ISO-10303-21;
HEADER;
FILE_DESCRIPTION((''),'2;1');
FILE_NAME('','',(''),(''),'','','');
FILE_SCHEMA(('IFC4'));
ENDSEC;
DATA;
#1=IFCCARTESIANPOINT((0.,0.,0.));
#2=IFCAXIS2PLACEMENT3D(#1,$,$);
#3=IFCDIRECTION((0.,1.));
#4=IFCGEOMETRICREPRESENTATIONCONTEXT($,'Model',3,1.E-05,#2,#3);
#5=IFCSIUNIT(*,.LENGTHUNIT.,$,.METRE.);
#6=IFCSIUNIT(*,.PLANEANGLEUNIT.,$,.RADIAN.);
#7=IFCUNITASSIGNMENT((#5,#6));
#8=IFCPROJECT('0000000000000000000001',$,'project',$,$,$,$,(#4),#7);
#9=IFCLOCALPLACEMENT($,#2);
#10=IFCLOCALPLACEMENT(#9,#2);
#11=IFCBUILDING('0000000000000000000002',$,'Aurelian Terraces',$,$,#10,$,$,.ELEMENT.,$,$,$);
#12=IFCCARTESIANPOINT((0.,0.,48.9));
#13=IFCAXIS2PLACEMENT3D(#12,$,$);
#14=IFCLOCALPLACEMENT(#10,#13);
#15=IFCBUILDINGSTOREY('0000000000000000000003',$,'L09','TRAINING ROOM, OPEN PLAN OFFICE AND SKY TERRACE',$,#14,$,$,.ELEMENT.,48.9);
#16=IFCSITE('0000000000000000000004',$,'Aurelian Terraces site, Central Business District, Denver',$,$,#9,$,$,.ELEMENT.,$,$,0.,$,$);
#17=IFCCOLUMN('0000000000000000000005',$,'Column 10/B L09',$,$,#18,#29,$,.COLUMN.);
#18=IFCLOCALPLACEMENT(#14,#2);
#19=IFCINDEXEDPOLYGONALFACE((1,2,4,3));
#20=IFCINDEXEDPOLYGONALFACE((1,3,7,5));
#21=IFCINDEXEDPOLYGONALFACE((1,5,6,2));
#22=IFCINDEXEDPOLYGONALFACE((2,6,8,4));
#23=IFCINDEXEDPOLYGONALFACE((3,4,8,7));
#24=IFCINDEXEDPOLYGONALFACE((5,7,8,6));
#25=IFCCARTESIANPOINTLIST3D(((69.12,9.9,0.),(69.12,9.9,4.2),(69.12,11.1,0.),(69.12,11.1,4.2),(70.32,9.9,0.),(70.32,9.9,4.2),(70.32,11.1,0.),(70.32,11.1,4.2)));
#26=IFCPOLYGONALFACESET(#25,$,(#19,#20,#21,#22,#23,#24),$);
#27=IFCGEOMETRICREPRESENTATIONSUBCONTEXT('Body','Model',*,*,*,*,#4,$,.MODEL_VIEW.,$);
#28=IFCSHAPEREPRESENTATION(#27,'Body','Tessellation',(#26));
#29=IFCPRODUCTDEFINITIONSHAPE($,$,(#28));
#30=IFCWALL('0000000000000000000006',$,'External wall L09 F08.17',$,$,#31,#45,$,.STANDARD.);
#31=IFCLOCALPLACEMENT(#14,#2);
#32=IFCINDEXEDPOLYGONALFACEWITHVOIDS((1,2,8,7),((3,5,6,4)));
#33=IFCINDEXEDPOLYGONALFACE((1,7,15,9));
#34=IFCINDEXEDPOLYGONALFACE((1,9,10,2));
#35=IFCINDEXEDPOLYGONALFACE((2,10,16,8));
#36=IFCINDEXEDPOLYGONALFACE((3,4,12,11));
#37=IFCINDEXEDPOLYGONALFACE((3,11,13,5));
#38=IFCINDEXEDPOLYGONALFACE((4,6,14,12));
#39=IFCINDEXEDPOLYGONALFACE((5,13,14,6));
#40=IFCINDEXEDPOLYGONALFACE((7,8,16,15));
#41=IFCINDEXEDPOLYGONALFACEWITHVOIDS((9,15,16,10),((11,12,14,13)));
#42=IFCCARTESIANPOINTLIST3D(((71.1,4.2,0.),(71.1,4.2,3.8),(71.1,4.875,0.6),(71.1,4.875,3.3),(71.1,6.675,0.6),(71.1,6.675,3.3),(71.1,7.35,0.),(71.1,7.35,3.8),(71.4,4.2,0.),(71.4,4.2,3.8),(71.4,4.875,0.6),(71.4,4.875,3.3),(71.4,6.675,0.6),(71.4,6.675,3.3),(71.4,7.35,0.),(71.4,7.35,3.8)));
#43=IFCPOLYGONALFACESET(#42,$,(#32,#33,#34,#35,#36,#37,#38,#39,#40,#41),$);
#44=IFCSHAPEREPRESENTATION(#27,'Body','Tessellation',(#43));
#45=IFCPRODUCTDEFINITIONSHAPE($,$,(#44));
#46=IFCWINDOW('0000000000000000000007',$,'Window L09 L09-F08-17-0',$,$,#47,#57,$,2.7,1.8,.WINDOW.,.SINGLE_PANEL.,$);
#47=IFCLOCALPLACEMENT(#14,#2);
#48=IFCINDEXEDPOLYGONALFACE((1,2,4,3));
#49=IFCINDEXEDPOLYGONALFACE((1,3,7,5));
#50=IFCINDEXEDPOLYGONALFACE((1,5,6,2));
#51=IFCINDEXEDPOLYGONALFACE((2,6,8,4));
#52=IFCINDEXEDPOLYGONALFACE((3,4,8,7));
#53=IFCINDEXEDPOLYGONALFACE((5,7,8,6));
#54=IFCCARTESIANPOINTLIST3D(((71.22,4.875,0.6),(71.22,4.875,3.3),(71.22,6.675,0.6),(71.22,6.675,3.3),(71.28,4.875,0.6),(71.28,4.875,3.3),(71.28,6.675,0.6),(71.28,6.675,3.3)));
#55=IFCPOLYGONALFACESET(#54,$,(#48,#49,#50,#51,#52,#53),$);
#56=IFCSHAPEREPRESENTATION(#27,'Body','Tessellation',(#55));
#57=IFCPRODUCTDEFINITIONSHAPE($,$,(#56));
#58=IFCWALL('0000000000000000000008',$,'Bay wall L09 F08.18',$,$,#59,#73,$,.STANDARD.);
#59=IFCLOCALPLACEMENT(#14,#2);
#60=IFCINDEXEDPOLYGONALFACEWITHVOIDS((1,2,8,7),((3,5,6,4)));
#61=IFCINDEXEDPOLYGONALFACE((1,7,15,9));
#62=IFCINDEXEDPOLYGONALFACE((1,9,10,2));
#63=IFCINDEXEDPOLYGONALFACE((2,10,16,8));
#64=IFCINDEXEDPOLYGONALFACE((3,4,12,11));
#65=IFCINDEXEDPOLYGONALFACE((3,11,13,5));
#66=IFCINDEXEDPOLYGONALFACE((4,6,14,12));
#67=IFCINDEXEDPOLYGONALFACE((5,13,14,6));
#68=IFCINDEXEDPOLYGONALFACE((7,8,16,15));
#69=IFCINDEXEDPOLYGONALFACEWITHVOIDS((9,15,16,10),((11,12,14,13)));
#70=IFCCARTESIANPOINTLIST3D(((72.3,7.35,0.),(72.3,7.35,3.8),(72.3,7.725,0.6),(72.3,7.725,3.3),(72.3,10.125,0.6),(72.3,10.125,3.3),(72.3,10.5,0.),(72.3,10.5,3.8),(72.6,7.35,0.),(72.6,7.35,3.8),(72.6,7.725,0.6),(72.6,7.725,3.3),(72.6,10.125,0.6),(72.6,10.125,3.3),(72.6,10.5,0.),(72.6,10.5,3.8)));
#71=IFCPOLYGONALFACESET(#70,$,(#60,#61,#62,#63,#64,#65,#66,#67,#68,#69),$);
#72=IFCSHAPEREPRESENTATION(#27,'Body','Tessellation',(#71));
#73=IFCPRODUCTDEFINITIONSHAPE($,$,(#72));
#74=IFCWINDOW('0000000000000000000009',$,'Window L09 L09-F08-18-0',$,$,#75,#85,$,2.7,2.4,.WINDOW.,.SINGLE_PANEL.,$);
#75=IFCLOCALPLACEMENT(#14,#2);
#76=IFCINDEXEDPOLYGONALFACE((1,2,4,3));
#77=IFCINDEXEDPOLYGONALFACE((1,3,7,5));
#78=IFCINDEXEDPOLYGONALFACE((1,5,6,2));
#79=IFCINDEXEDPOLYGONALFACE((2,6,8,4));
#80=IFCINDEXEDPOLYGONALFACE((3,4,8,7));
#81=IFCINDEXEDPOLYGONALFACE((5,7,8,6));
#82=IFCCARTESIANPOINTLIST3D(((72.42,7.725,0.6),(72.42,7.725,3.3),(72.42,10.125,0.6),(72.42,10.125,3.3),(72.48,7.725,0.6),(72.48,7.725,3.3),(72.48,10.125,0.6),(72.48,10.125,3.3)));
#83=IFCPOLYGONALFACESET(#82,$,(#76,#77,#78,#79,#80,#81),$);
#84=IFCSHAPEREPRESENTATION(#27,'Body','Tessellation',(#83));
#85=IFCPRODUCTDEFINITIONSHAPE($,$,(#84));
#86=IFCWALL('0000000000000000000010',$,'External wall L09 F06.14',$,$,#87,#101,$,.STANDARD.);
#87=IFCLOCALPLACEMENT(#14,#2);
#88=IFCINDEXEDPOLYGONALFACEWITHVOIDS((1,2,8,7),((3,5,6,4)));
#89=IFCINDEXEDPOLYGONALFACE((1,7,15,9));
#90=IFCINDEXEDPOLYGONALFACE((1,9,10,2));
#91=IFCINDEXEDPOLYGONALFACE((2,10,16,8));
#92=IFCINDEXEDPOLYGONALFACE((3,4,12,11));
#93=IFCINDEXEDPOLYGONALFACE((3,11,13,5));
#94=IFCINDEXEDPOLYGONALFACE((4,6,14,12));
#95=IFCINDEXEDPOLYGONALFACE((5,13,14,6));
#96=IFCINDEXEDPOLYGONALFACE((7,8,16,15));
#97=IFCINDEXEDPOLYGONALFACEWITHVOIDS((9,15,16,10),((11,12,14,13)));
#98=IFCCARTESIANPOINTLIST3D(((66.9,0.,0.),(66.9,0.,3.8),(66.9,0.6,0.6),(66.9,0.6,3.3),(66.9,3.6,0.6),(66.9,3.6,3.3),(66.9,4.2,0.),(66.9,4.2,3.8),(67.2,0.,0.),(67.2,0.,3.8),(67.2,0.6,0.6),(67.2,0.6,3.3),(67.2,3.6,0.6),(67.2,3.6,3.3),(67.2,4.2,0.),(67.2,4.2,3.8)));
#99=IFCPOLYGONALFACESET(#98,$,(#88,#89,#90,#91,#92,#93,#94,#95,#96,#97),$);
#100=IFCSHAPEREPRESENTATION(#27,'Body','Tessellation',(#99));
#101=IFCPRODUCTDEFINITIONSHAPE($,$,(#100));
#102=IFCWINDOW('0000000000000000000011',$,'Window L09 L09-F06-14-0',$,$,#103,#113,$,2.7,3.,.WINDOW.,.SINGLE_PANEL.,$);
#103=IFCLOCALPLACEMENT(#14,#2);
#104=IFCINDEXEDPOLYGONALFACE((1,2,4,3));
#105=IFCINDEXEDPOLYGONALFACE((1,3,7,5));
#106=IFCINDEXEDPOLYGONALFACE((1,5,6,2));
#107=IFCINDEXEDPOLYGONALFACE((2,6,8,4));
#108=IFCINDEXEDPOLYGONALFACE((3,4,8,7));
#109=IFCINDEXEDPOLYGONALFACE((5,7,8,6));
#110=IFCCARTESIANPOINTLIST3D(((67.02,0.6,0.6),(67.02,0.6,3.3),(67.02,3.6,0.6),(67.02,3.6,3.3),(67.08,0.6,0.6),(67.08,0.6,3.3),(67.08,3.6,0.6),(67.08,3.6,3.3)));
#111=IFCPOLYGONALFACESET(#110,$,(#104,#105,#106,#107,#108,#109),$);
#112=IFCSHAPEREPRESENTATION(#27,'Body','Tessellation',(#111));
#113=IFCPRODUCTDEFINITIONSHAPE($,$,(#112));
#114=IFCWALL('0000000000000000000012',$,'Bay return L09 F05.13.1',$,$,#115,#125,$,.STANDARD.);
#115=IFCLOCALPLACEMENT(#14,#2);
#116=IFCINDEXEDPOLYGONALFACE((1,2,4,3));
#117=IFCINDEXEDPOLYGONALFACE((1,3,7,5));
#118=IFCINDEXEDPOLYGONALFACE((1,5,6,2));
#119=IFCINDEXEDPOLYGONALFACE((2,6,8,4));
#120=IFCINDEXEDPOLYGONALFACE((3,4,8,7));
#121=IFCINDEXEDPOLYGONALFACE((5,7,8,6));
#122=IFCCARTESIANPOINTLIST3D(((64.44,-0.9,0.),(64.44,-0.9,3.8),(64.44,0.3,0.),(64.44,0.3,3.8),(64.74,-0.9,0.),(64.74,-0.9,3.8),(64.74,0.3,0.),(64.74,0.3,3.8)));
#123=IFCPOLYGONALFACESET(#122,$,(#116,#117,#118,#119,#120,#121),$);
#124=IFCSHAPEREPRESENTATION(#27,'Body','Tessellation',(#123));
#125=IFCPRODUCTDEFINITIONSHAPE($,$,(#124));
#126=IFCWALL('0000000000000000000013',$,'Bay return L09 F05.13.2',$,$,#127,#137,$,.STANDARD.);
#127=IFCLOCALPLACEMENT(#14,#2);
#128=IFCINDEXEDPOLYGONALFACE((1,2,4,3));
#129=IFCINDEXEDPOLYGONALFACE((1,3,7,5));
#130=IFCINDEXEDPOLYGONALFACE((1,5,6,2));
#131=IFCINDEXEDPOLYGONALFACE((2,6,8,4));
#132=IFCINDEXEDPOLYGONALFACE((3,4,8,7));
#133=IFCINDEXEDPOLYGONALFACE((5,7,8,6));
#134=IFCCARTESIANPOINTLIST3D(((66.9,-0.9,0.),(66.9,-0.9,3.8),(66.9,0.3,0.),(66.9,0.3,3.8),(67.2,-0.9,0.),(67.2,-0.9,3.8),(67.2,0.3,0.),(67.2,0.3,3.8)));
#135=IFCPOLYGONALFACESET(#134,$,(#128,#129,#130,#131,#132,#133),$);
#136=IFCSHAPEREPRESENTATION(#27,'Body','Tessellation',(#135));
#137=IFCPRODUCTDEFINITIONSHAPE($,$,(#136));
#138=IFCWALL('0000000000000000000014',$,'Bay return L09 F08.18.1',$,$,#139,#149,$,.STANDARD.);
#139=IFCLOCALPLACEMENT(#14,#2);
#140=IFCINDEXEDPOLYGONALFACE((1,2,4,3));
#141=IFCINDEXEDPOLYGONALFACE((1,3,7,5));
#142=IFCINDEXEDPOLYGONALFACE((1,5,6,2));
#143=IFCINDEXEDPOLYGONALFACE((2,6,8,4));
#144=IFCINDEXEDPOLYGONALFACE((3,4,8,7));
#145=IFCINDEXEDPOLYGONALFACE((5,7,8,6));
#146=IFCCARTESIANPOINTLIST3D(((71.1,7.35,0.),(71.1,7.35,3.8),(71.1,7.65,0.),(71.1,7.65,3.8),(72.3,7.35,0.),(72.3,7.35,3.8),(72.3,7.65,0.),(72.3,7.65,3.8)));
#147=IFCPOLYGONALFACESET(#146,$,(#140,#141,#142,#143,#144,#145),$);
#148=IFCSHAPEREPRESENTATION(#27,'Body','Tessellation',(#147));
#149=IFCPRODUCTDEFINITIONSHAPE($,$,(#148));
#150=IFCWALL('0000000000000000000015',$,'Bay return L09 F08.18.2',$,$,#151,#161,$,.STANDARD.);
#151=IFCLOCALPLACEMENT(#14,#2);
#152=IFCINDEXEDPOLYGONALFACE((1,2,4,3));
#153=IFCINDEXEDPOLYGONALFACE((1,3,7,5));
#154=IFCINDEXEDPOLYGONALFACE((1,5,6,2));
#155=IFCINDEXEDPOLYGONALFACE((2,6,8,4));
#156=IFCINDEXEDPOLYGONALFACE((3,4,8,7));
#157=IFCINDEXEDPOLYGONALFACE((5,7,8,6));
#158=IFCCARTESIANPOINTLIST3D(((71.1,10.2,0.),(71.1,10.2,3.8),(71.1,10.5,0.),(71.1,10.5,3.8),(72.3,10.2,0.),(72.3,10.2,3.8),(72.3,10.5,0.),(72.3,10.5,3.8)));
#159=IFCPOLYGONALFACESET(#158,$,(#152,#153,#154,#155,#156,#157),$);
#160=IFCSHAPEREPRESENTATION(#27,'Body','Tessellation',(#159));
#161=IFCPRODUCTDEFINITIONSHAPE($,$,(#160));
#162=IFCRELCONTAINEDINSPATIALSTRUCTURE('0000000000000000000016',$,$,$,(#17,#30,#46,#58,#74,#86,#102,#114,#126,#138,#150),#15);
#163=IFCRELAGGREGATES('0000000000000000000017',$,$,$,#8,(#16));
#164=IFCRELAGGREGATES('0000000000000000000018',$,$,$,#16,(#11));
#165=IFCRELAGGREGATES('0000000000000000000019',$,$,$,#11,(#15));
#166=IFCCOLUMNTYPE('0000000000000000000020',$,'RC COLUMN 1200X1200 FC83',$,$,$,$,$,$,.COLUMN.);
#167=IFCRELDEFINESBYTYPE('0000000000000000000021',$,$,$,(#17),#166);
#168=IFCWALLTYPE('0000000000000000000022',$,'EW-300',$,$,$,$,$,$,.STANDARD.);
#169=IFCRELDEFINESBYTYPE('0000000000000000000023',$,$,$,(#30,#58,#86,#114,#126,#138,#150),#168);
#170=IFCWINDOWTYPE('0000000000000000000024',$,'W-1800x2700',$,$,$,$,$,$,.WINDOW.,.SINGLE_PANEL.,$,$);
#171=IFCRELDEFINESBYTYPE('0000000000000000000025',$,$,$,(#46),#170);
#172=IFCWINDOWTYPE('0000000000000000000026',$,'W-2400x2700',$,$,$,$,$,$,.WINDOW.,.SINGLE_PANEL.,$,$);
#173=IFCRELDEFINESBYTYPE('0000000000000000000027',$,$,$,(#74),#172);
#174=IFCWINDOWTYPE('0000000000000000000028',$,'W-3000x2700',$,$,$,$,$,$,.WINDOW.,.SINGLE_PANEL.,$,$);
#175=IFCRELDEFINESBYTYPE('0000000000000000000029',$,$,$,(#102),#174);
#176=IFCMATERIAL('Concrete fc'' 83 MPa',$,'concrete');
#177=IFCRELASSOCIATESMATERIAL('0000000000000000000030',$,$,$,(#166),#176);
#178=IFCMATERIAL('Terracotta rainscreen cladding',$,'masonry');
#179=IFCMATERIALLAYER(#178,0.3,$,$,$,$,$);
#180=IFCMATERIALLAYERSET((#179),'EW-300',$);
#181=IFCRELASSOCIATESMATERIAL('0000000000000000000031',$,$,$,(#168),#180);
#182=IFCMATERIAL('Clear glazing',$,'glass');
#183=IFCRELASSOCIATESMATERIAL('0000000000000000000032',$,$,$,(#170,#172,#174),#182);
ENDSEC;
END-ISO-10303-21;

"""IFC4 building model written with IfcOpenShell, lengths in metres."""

from ifc_helpers import new_model, si_unit, direction, frame, frame_2d, origin, origin_2d, place, context, subcontext, project, spatial, rectangle, extrude, source, transform, mapped, material, layer, layer_set, material_profile, profile_set, type_object, element, fill, save


model = new_model("IFC4")

# Units and contexts
model_context = context("Model", 3, precision=1e-05, world=origin(), true_north=direction((0.0, 1.0)))
body_context = subcontext(model_context, "Body", "Model", "MODEL_VIEW")
ifc_project = project(units=[si_unit("LENGTHUNIT", "METRE"), si_unit("PLANEANGLEUNIT", "RADIAN")], contexts=[model_context])

# Site, building, storey
site_placement = place(None, origin())
site = spatial("IfcSite", under=ifc_project, at=site_placement, Name="Aurelian Terraces site, Central Business District, Denver", CompositionType="ELEMENT", RefElevation=0.0)
building_placement = place(site_placement, origin())
building = spatial("IfcBuilding", under=site, at=building_placement, Name="Aurelian Terraces", CompositionType="ELEMENT")
storey_placement = place(building_placement, frame((0.0, 0.0, 48.9)))
storey = spatial("IfcBuildingStorey", under=building, at=storey_placement, Name="L09", Description="TRAINING ROOM, OPEN PLAN OFFICE AND SKY TERRACE", CompositionType="ELEMENT", Elevation=48.9)

# Column
ifc_material_1 = material(Name="Concrete fc' 83 MPa", Category="concrete")
ifc_material_profile = material_profile(ifc_material_1, rectangle(XDim=1.2, YDim=1.2, at=origin_2d()))
ifc_profile_set = profile_set([ifc_material_profile], Name="Concrete fc' 83 MPa")
column_type = type_object("IfcColumnType", Name="RC COLUMN 1200X1200 FC83", PredefinedType="COLUMN", material=ifc_profile_set)
shared_shape_1 = source(origin(), body_context, "Body", "SweptSolid", [
    extrude(rectangle(XDim=1.2, YDim=1.2, at=origin_2d()), origin(), (0.0, 0.0, 1.0), 4.2),
])
column_placement = place(storey_placement, frame((69.72, 10.5, 0.0), z_axis=(0.0, 0.0, 1.0), x_axis=(1.0, 0.0, 0.0)))
element("IfcColumn", 1, at=column_placement, inside=storey, type_object=column_type, Name="Column 10/B L09", PredefinedType="COLUMN", context=body_context, shape_type="MappedRepresentation", body=[
    mapped(shared_shape_1, transform((0.0, 0.0, 0.0), scale=1.0)),
])

# Walls, openings, windows
ifc_material_2 = material(Name="Terracotta rainscreen cladding", Category="masonry")
ifc_layer_1 = layer(ifc_material_2, 0.3)
ifc_layer_set_1 = layer_set([ifc_layer_1], Name="EW-300")
wall_type_1 = type_object("IfcWallType", Name="EW-300", PredefinedType="STANDARD", material=ifc_layer_set_1)
shared_shape_2 = source(origin(), body_context, "Body", "SweptSolid", [
    extrude(rectangle(XDim=3.15, YDim=0.3, at=frame_2d((1.575, 0.0))), origin(), (0.0, 0.0, 1.0), 3.8),
])
wall_1_placement = place(storey_placement, frame((71.25, 4.2, 0.0), z_axis=(0.0, 0.0, 1.0), x_axis=(0.0, 1.0, 0.0)))
wall_1 = element("IfcWall", 2, at=wall_1_placement, inside=storey, type_object=wall_type_1, Name="External wall L09 F08.17", PredefinedType="STANDARD", context=body_context, shape_type="MappedRepresentation", body=[
    mapped(shared_shape_2, transform((0.0, 0.0, 0.0), scale=1.0)),
])
shared_shape_3 = source(origin(), body_context, "Body", "SweptSolid", [
    extrude(rectangle(XDim=1.8, YDim=2.7, at=frame_2d((0.9, 1.35))), frame((0.0, 0.16, 0.0), z_axis=(0.0, -1.0, 0.0), x_axis=(1.0, 0.0, 0.0)), (0.0, 0.0, 1.0), 0.32),
])
opening_1_placement = place(wall_1_placement, frame((0.675, 0.0, 0.6)))
opening_1 = element("IfcOpeningElement", 3, at=opening_1_placement, cuts=wall_1, PredefinedType="OPENING", context=body_context, shape_type="MappedRepresentation", body=[
    mapped(shared_shape_3, transform((0.0, 0.0, 0.0), scale=1.0)),
])
ifc_material_3 = material(Name="Clear glazing", Category="glass")
window_type_1 = type_object("IfcWindowType", Name="W-1800x2700", PartitioningType="SINGLE_PANEL", PredefinedType="WINDOW", material=ifc_material_3)
shared_shape_4 = source(origin(), body_context, "Body", "SweptSolid", [
    extrude(rectangle(XDim=1.8, YDim=2.7, at=frame_2d((0.9, 1.35))), frame((0.0, 0.03, 0.0), z_axis=(0.0, -1.0, 0.0), x_axis=(1.0, 0.0, 0.0)), (0.0, 0.0, 1.0), 0.06),
])
window_1_placement = place(opening_1_placement, origin())
window_1 = element("IfcWindow", 4, at=window_1_placement, inside=storey, type_object=window_type_1, Name="Window L09 L09-F08-17-0", OverallHeight=2.7, OverallWidth=1.8, PartitioningType="SINGLE_PANEL", PredefinedType="WINDOW", context=body_context, shape_type="MappedRepresentation", body=[
    mapped(shared_shape_4, transform((0.0, 0.0, 0.0), scale=1.0)),
])
fill(opening_1, window_1)
wall_2_placement = place(storey_placement, frame((72.45, 7.35, 0.0), z_axis=(0.0, 0.0, 1.0), x_axis=(0.0, 1.0, 0.0)))
wall_2 = element("IfcWall", 5, at=wall_2_placement, inside=storey, type_object=wall_type_1, Name="Bay wall L09 F08.18", PredefinedType="STANDARD", context=body_context, shape_type="MappedRepresentation", body=[
    mapped(shared_shape_2, transform((0.0, 0.0, 0.0), scale=1.0)),
])
shared_shape_5 = source(origin(), body_context, "Body", "SweptSolid", [
    extrude(rectangle(XDim=2.4, YDim=2.7, at=frame_2d((1.2, 1.35))), frame((0.0, 0.16, 0.0), z_axis=(0.0, -1.0, 0.0), x_axis=(1.0, 0.0, 0.0)), (0.0, 0.0, 1.0), 0.32),
])
opening_2_placement = place(wall_2_placement, frame((0.375, 0.0, 0.6)))
opening_2 = element("IfcOpeningElement", 6, at=opening_2_placement, cuts=wall_2, PredefinedType="OPENING", context=body_context, shape_type="MappedRepresentation", body=[
    mapped(shared_shape_5, transform((0.0, 0.0, 0.0), scale=1.0)),
])
window_type_2 = type_object("IfcWindowType", Name="W-2400x2700", PartitioningType="SINGLE_PANEL", PredefinedType="WINDOW", material=ifc_material_3)
shared_shape_6 = source(origin(), body_context, "Body", "SweptSolid", [
    extrude(rectangle(XDim=2.4, YDim=2.7, at=frame_2d((1.2, 1.35))), frame((0.0, 0.03, 0.0), z_axis=(0.0, -1.0, 0.0), x_axis=(1.0, 0.0, 0.0)), (0.0, 0.0, 1.0), 0.06),
])
window_2_placement = place(opening_2_placement, origin())
window_2 = element("IfcWindow", 7, at=window_2_placement, inside=storey, type_object=window_type_2, Name="Window L09 L09-F08-18-0", OverallHeight=2.7, OverallWidth=2.4, PartitioningType="SINGLE_PANEL", PredefinedType="WINDOW", context=body_context, shape_type="MappedRepresentation", body=[
    mapped(shared_shape_6, transform((0.0, 0.0, 0.0), scale=1.0)),
])
fill(opening_2, window_2)
shared_shape_7 = source(origin(), body_context, "Body", "SweptSolid", [
    extrude(rectangle(XDim=4.2, YDim=0.3, at=frame_2d((2.1, 0.0))), origin(), (0.0, 0.0, 1.0), 3.8),
])
wall_3_placement = place(storey_placement, frame((67.05, 0.0, 0.0), z_axis=(0.0, 0.0, 1.0), x_axis=(0.0, 1.0, 0.0)))
wall_3 = element("IfcWall", 8, at=wall_3_placement, inside=storey, type_object=wall_type_1, Name="External wall L09 F06.14", PredefinedType="STANDARD", context=body_context, shape_type="MappedRepresentation", body=[
    mapped(shared_shape_7, transform((0.0, 0.0, 0.0), scale=1.0)),
])
shared_shape_8 = source(origin(), body_context, "Body", "SweptSolid", [
    extrude(rectangle(XDim=3.0, YDim=2.7, at=frame_2d((1.5, 1.35))), frame((0.0, 0.16, 0.0), z_axis=(0.0, -1.0, 0.0), x_axis=(1.0, 0.0, 0.0)), (0.0, 0.0, 1.0), 0.32),
])
opening_3_placement = place(wall_3_placement, frame((0.6, 0.0, 0.6)))
opening_3 = element("IfcOpeningElement", 9, at=opening_3_placement, cuts=wall_3, PredefinedType="OPENING", context=body_context, shape_type="MappedRepresentation", body=[
    mapped(shared_shape_8, transform((0.0, 0.0, 0.0), scale=1.0)),
])
window_type_3 = type_object("IfcWindowType", Name="W-3000x2700", PartitioningType="SINGLE_PANEL", PredefinedType="WINDOW", material=ifc_material_3)
shared_shape_9 = source(origin(), body_context, "Body", "SweptSolid", [
    extrude(rectangle(XDim=3.0, YDim=2.7, at=frame_2d((1.5, 1.35))), frame((0.0, 0.03, 0.0), z_axis=(0.0, -1.0, 0.0), x_axis=(1.0, 0.0, 0.0)), (0.0, 0.0, 1.0), 0.06),
])
window_3_placement = place(opening_3_placement, origin())
window_3 = element("IfcWindow", 10, at=window_3_placement, inside=storey, type_object=window_type_3, Name="Window L09 L09-F06-14-0", OverallHeight=2.7, OverallWidth=3.0, PartitioningType="SINGLE_PANEL", PredefinedType="WINDOW", context=body_context, shape_type="MappedRepresentation", body=[
    mapped(shared_shape_9, transform((0.0, 0.0, 0.0), scale=1.0)),
])
fill(opening_3, window_3)

# Walls
shared_shape_10 = source(origin(), body_context, "Body", "SweptSolid", [
    extrude(rectangle(XDim=1.2, YDim=0.3, at=frame_2d((0.6, 0.0))), origin(), (0.0, 0.0, 1.0), 3.8),
])
for number, where, z_axis, x_axis, name in (
    (11, (64.59, 0.3, 0.0), (0.0, 0.0, 1.0), (0.0, -1.0, 0.0), "Bay return L09 F05.13.1"),
    (12, (67.05, 0.3, 0.0), (0.0, 0.0, 1.0), (0.0, -1.0, 0.0), "Bay return L09 F05.13.2"),
    (13, (71.1, 7.5, 0.0), (0.0, 0.0, 1.0), (1.0, 0.0, 0.0), "Bay return L09 F08.18.1"),
    (14, (71.1, 10.35, 0.0), (0.0, 0.0, 1.0), (1.0, 0.0, 0.0), "Bay return L09 F08.18.2"),
):
    element("IfcWall", number, at=place(storey_placement, frame(where, z_axis=z_axis, x_axis=x_axis)), inside=storey, type_object=wall_type_1, Name=name, PredefinedType="STANDARD", context=body_context, shape_type="MappedRepresentation", body=[
        mapped(shared_shape_10, transform((0.0, 0.0, 0.0), scale=1.0)),
    ])

save(model, "model.ifc")
